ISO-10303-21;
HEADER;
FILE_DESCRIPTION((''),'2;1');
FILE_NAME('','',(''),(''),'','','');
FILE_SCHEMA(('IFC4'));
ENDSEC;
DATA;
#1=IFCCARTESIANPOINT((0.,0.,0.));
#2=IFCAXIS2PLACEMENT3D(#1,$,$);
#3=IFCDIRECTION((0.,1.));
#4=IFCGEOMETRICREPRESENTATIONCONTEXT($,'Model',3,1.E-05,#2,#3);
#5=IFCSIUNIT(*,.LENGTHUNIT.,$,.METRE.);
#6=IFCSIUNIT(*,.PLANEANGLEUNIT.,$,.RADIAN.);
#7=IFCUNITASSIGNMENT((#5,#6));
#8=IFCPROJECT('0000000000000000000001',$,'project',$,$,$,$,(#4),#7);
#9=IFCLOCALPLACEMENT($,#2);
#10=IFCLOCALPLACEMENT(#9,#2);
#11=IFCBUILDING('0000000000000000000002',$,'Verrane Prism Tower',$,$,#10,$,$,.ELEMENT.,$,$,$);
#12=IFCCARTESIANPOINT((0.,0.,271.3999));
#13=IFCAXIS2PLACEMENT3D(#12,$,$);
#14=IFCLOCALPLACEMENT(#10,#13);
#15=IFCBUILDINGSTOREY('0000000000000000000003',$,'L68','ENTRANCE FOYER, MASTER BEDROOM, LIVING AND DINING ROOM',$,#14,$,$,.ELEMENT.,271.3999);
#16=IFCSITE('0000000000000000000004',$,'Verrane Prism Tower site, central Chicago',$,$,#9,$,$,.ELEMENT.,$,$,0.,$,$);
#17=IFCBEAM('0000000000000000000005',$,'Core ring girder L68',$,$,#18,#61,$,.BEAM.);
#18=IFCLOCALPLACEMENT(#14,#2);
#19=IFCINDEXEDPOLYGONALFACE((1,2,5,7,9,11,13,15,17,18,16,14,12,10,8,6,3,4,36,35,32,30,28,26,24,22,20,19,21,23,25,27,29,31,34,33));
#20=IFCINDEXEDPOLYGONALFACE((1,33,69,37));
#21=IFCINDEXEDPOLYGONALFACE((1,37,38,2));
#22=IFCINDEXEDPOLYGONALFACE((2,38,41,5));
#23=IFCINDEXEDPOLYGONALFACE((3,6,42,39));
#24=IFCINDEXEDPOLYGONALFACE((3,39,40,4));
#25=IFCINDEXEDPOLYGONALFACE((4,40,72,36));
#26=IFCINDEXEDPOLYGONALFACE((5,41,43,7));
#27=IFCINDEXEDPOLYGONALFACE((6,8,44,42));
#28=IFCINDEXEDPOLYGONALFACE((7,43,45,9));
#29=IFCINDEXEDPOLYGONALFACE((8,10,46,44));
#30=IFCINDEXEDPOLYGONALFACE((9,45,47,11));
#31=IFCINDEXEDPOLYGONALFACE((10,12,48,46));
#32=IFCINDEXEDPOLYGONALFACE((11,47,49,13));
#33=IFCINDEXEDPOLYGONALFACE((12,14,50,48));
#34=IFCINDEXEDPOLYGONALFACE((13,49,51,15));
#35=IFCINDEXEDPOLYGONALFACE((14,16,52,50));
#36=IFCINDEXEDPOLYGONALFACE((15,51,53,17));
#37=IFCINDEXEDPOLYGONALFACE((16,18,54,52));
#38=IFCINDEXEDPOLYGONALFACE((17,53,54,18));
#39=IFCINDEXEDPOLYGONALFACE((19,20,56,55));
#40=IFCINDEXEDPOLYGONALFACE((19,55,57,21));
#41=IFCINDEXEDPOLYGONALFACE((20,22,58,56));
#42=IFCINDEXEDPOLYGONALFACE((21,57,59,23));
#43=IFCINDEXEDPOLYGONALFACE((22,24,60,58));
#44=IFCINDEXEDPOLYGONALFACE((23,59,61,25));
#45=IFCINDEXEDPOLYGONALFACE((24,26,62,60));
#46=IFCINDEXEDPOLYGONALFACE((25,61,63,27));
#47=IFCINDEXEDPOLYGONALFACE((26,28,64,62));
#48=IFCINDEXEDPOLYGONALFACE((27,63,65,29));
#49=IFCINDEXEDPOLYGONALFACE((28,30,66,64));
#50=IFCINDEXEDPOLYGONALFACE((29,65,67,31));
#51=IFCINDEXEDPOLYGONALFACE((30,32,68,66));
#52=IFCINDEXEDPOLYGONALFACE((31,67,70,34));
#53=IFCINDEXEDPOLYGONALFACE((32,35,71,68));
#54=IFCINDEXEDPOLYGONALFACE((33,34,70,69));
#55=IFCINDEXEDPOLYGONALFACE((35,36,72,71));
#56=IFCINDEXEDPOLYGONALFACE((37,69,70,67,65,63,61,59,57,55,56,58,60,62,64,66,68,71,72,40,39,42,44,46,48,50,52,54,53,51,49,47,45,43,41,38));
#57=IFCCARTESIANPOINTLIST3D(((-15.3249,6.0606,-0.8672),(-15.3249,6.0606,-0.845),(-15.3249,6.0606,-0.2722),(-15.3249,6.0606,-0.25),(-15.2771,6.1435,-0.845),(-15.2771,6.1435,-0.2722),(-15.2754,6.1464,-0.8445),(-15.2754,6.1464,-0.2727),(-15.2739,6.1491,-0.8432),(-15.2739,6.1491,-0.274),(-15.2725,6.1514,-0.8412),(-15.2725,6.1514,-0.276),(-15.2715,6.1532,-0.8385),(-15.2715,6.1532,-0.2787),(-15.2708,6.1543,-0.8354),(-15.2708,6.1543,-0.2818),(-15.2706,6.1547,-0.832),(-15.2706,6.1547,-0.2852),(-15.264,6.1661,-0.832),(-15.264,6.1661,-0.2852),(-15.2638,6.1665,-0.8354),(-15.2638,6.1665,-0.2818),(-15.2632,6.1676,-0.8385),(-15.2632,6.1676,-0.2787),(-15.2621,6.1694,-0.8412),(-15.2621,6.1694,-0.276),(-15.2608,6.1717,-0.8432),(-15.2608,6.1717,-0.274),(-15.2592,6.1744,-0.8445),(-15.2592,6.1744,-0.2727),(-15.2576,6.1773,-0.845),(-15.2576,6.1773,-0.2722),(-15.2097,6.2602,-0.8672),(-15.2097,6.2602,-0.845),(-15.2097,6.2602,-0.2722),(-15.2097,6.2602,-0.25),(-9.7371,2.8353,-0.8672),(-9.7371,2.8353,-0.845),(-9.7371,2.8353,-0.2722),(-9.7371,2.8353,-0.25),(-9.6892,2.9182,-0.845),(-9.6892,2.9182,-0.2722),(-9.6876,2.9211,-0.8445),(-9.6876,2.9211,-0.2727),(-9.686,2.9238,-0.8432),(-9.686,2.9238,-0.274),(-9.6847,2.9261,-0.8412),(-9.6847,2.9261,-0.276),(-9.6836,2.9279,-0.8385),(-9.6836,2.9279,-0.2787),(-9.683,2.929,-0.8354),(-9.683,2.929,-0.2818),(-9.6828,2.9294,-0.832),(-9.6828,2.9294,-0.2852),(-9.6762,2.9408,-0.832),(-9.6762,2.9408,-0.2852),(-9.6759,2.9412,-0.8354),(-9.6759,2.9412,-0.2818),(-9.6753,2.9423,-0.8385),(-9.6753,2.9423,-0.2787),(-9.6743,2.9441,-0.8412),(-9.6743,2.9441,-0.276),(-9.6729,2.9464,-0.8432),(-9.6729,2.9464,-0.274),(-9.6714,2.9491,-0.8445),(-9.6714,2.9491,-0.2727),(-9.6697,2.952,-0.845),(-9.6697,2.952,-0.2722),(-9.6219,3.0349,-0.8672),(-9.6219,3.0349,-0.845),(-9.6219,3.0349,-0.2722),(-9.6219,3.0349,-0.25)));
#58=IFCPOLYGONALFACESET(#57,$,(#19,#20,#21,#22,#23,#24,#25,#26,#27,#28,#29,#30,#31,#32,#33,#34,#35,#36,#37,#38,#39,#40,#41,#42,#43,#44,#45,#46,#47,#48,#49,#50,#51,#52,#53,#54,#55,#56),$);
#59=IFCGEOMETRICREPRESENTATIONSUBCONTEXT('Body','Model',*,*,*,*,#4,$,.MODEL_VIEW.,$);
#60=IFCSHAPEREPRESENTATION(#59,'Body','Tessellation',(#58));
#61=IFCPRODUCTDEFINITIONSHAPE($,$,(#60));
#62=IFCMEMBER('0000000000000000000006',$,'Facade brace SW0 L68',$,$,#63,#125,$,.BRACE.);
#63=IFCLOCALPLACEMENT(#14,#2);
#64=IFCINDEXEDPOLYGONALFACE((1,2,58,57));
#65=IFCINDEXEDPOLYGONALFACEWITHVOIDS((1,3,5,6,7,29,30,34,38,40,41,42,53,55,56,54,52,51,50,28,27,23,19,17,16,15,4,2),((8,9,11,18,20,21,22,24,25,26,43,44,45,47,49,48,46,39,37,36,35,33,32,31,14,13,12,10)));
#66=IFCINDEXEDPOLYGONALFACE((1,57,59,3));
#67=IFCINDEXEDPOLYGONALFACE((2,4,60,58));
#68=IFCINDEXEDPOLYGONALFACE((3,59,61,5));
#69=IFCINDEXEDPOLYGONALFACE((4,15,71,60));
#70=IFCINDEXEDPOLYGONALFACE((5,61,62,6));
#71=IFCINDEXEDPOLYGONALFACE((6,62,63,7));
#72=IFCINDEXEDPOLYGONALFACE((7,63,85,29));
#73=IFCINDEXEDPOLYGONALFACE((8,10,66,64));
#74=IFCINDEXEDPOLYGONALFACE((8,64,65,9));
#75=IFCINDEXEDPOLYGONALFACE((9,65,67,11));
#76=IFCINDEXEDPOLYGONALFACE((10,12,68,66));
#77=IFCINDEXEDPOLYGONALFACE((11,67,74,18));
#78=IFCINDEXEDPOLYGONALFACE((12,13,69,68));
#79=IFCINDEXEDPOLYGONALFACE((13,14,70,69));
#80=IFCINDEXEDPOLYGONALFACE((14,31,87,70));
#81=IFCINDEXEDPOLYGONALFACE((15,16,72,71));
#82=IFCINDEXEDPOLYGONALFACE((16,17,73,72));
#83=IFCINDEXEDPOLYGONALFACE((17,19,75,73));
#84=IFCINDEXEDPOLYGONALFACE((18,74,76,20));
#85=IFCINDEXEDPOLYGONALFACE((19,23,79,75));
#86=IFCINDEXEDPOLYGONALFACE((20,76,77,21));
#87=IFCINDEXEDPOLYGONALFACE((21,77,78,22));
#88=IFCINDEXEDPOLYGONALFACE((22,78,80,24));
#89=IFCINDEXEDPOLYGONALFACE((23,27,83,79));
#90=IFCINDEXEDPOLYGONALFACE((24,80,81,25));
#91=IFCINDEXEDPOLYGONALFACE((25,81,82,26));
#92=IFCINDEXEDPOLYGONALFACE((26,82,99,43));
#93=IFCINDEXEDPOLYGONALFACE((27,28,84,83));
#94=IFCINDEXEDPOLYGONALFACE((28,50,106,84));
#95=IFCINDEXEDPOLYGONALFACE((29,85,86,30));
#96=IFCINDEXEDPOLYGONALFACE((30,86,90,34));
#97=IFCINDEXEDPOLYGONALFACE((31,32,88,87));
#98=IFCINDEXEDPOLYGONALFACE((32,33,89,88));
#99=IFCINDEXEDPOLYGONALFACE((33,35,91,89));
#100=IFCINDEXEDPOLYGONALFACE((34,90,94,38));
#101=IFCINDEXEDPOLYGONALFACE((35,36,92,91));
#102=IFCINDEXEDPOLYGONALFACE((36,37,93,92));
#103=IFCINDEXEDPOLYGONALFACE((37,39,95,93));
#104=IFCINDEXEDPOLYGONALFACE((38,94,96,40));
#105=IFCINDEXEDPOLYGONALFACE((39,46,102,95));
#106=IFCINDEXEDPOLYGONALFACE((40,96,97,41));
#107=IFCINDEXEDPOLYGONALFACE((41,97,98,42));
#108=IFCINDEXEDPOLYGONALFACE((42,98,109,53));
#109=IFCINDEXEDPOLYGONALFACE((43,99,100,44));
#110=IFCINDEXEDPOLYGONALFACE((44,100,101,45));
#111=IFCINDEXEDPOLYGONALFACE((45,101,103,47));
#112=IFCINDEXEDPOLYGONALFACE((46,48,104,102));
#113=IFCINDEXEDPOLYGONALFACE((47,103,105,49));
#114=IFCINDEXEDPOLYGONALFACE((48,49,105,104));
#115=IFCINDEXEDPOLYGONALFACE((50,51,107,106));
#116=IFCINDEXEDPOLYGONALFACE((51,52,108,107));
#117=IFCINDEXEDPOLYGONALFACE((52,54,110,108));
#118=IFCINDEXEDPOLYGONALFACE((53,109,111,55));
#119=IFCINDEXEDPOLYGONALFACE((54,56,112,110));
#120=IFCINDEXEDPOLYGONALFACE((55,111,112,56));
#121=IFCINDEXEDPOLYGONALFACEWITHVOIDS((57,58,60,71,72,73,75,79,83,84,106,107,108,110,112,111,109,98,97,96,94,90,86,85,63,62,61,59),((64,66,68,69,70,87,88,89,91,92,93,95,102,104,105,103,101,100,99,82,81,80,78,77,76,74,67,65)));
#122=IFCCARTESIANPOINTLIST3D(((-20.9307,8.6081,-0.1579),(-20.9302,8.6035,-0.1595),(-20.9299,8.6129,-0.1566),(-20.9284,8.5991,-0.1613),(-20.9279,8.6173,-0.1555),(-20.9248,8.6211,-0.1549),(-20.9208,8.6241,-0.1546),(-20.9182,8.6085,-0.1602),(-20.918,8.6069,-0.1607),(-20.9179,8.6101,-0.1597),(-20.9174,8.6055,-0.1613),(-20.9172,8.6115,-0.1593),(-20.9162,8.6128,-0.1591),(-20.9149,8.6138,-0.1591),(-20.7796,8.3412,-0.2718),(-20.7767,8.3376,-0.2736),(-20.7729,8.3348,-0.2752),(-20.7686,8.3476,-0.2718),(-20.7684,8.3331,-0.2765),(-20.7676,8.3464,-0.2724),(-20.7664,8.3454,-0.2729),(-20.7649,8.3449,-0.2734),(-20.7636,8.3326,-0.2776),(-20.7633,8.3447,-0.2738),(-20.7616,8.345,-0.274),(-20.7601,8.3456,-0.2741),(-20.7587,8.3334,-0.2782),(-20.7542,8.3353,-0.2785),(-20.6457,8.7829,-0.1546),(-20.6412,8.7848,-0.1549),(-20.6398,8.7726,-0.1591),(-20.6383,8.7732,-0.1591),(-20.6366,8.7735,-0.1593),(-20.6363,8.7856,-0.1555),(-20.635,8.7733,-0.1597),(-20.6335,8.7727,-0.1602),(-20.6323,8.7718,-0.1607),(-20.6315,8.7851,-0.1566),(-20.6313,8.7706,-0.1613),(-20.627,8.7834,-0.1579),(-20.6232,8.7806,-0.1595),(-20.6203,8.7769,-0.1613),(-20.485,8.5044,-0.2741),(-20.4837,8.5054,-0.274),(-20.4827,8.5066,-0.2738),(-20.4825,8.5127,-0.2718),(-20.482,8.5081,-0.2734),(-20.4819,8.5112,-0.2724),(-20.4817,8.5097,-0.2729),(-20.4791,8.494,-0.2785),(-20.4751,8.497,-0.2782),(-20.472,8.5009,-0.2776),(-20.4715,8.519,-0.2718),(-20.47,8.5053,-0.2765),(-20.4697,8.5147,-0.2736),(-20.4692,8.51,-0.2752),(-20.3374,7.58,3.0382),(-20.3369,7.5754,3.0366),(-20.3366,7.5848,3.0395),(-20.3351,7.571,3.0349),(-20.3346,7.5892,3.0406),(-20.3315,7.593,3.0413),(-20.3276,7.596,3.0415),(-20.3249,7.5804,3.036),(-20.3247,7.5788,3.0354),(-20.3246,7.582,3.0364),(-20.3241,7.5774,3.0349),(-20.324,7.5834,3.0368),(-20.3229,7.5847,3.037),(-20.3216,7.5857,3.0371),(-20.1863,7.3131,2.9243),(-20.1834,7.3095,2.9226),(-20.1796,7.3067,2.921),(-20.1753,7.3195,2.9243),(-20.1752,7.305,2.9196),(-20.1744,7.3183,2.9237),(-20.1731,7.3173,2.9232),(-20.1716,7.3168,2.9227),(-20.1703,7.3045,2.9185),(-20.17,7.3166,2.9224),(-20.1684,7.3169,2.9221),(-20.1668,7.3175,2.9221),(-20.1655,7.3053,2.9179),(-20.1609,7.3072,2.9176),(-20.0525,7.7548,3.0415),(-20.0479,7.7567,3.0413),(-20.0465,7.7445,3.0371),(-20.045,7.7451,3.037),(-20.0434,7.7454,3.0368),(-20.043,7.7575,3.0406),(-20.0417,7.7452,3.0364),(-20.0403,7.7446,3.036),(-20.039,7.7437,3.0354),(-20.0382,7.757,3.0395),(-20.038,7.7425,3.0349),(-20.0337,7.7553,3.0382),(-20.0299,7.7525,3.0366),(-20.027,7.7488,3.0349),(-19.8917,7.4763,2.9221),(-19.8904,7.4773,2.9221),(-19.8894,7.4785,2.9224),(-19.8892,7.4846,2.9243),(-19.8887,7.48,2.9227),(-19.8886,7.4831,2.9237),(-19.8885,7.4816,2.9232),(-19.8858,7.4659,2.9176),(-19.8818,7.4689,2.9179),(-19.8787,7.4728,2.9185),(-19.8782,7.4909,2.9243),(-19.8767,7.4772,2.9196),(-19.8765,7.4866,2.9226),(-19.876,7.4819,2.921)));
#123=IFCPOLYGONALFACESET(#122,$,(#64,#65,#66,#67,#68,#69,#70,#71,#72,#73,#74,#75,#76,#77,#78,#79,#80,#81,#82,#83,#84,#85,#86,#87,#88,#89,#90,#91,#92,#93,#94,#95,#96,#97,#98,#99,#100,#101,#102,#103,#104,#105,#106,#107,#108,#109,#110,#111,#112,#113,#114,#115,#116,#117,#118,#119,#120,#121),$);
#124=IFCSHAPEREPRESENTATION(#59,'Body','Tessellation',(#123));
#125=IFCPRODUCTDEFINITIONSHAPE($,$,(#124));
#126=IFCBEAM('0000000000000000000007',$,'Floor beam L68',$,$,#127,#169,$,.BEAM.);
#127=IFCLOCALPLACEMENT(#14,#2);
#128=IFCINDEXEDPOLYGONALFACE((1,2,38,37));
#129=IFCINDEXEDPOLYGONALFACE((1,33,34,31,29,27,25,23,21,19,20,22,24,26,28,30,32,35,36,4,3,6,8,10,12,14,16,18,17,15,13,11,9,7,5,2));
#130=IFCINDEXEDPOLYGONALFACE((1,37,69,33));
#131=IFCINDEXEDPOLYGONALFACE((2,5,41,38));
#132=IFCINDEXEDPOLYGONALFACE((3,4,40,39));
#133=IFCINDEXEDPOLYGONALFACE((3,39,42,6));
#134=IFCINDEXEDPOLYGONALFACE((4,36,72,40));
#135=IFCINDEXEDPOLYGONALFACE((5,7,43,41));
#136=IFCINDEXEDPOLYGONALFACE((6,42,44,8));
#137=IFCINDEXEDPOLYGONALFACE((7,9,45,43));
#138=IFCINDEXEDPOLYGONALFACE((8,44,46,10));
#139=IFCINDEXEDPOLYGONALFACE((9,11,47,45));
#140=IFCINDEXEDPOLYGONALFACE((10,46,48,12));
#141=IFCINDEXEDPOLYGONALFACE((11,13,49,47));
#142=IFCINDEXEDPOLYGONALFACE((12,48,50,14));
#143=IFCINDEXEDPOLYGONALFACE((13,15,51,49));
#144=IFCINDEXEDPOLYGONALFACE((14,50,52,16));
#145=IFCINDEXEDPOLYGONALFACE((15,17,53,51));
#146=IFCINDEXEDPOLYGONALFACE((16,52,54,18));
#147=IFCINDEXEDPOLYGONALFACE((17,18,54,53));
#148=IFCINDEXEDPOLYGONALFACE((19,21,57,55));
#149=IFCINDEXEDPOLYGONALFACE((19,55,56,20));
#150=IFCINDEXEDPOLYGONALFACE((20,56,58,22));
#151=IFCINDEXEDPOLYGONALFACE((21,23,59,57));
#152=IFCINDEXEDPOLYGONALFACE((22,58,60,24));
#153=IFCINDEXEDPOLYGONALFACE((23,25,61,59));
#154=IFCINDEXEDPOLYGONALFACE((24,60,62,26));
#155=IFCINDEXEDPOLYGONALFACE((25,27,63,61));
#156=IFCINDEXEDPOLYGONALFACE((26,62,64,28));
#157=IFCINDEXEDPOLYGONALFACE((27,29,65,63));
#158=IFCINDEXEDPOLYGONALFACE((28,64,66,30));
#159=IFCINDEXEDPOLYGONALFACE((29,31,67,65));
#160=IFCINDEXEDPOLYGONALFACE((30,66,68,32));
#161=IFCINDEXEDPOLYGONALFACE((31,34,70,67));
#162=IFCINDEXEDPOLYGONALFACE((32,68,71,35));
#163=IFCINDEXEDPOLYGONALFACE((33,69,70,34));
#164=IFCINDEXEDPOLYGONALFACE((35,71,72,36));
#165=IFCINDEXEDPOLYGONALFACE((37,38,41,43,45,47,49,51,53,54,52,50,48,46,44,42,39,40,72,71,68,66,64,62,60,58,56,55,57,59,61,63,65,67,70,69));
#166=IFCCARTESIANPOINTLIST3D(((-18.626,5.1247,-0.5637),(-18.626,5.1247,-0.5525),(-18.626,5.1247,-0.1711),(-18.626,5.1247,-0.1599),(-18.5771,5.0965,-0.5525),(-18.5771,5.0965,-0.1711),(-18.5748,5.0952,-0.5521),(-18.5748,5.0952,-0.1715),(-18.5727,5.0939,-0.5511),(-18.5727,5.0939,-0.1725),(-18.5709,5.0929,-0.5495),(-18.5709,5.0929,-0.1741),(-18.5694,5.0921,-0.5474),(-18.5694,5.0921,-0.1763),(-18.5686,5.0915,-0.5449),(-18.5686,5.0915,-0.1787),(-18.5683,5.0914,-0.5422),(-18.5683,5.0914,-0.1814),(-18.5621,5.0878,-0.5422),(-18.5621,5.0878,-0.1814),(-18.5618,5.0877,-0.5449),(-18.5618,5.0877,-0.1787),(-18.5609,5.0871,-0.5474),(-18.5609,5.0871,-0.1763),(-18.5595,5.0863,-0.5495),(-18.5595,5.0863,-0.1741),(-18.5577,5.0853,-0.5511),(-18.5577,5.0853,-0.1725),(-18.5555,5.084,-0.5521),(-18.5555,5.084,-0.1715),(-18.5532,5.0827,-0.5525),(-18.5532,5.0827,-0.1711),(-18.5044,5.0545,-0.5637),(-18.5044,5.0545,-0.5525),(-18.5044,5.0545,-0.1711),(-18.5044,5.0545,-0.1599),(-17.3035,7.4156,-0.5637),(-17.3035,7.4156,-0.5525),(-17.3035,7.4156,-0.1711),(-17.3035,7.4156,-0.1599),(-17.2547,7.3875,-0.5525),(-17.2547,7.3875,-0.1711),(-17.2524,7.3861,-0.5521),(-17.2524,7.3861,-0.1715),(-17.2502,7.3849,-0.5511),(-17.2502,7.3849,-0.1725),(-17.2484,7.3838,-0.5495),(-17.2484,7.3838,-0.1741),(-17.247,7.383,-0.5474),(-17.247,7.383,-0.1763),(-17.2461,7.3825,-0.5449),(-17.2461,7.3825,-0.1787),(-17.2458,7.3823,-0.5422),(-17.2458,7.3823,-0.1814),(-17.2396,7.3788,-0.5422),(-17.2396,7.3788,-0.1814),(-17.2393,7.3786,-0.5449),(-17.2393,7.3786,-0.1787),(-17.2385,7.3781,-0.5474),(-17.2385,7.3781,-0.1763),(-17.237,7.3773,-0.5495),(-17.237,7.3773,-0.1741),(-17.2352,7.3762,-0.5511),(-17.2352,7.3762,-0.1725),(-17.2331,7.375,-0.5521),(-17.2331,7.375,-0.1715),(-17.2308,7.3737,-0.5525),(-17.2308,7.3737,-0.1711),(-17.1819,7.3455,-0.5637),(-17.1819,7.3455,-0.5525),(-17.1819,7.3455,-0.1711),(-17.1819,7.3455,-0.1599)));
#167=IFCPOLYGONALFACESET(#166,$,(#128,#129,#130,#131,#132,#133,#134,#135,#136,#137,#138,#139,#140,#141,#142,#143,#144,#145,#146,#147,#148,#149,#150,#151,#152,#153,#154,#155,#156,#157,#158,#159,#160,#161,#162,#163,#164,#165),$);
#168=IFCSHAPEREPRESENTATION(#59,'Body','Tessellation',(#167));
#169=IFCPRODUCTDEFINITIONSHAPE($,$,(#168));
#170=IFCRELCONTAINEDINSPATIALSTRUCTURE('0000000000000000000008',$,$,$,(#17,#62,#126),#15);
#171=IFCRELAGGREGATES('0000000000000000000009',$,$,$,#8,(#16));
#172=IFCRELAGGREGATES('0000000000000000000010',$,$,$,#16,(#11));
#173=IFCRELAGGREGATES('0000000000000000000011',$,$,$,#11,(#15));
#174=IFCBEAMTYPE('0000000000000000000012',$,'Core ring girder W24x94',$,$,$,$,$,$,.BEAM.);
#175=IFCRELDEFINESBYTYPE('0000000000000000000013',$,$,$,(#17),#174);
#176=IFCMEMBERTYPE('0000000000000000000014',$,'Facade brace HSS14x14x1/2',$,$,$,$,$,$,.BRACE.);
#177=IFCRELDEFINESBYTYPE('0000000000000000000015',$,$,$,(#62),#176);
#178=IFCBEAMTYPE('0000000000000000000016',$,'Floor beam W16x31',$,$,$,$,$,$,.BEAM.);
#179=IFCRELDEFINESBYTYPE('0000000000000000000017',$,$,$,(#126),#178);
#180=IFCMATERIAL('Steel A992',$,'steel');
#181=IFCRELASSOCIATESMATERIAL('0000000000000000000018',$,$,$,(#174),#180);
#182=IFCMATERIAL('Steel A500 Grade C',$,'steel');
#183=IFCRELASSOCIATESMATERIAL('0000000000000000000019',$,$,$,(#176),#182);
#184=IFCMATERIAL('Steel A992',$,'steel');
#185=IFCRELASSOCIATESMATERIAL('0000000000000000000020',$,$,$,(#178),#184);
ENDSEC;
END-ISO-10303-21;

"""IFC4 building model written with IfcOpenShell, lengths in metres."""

from ifc_helpers import new_model, si_unit, direction, frame, origin, origin_2d, place, context, subcontext, project, spatial, hollow_rectangle, i_section, extrude, material, material_profile, profile_set, type_object, element, save


model = new_model("IFC4")

# Units and contexts
model_context = context("Model", 3, precision=1e-05, world=origin(), true_north=direction((0.0, 1.0)))
body_context = subcontext(model_context, "Body", "Model", "MODEL_VIEW")
ifc_project = project(units=[si_unit("LENGTHUNIT", "METRE"), si_unit("PLANEANGLEUNIT", "RADIAN")], contexts=[model_context])

# Site, building, storey
site_placement = place(None, origin())
site = spatial("IfcSite", under=ifc_project, at=site_placement, Name="Verrane Prism Tower site, central Chicago", CompositionType="ELEMENT", RefElevation=0.0)
building_placement = place(site_placement, origin())
building = spatial("IfcBuilding", under=site, at=building_placement, Name="Verrane Prism Tower", CompositionType="ELEMENT")
storey_placement = place(building_placement, frame((0.0, 0.0, 271.3999)))
storey = spatial("IfcBuildingStorey", under=building, at=storey_placement, Name="L68", Description="ENTRANCE FOYER, MASTER BEDROOM, LIVING AND DINING ROOM", CompositionType="ELEMENT", Elevation=271.3999)

# Beam
ifc_material_1 = material(Name="Steel A992", Category="steel")
ifc_material_profile_1 = material_profile(ifc_material_1, i_section(OverallWidth=0.2305, OverallDepth=0.6172, WebThickness=0.0132, FlangeThickness=0.0222, FilletRadius=0.0129, at=origin_2d()), Name="W24x94")
ifc_profile_set_1 = profile_set([ifc_material_profile_1], Name="Steel A992")
beam_type_1 = type_object("IfcBeamType", Name="Core ring girder W24x94", PredefinedType="BEAM", material=ifc_profile_set_1)
beam_1_placement = place(storey_placement, frame((-15.2673, 6.1604, -0.5586), z_axis=(0.866081, -0.499904, 0.0), x_axis=(0.499904, 0.866081, 0.0)))
element("IfcBeam", 1, at=beam_1_placement, inside=storey, type_object=beam_type_1, Name="Core ring girder L68", PredefinedType="BEAM", context=body_context, shape_type="SweptSolid", body=[
    extrude(i_section(OverallWidth=0.2305, OverallDepth=0.6172, WebThickness=0.0132, FlangeThickness=0.0222, FilletRadius=0.0129, at=origin_2d()), origin(), (0.0, 0.0, 1.0), 6.4519),
])

# Member
ifc_material_2 = material(Name="Steel A500 Grade C", Category="steel")
ifc_material_profile_2 = material_profile(ifc_material_2, hollow_rectangle(XDim=0.3557, YDim=0.3557, WallThickness=0.0127, InnerFilletRadius=0.0063, OuterFilletRadius=0.019, at=origin_2d()), Name="HSS14x14x1/2")
ifc_profile_set_2 = profile_set([ifc_material_profile_2], Name="Steel A500 Grade C")
member_type_1 = type_object("IfcMemberType", Name="Facade brace HSS14x14x1/2", PredefinedType="BRACE", material=ifc_profile_set_2)
member_1_placement = place(storey_placement, frame((-20.7, 8.5591, -0.2166), z_axis=(0.174011, -0.301547, 0.937438), x_axis=(0.866134, 0.499811, 0.0)))
element("IfcMember", 2, at=member_1_placement, inside=storey, type_object=member_type_1, Name="Facade brace SW0 L68", PredefinedType="BRACE", context=body_context, shape_type="SweptSolid", body=[
    extrude(hollow_rectangle(XDim=0.3557, YDim=0.3557, WallThickness=0.0127, InnerFilletRadius=0.0063, OuterFilletRadius=0.019, at=origin_2d()), origin(), (0.0, 0.0, 1.0), 3.4094),
])

# Beam
ifc_material_3 = material(Name="Steel A992", Category="steel")
ifc_material_profile_3 = material_profile(ifc_material_3, i_section(OverallWidth=0.1404, OverallDepth=0.4038, WebThickness=0.0071, FlangeThickness=0.0112, FilletRadius=0.0103, at=origin_2d()), Name="W16x31")
ifc_profile_set_3 = profile_set([ifc_material_profile_3], Name="Steel A992")
beam_type_2 = type_object("IfcBeamType", Name="Floor beam W16x31", PredefinedType="BEAM", material=ifc_profile_set_3)
beam_2_placement = place(storey_placement, frame((-18.5652, 5.0896, -0.3618), z_axis=(0.499941, 0.86606, 0.0), x_axis=(-0.86606, 0.499941, 0.0)))
element("IfcBeam", 3, at=beam_2_placement, inside=storey, type_object=beam_type_2, Name="Floor beam L68", PredefinedType="BEAM", context=body_context, shape_type="SweptSolid", body=[
    extrude(i_section(OverallWidth=0.1404, OverallDepth=0.4038, WebThickness=0.0071, FlangeThickness=0.0112, FilletRadius=0.0103, at=origin_2d()), origin(), (0.0, 0.0, 1.0), 2.6453),
])

save(model, "model.ifc")
